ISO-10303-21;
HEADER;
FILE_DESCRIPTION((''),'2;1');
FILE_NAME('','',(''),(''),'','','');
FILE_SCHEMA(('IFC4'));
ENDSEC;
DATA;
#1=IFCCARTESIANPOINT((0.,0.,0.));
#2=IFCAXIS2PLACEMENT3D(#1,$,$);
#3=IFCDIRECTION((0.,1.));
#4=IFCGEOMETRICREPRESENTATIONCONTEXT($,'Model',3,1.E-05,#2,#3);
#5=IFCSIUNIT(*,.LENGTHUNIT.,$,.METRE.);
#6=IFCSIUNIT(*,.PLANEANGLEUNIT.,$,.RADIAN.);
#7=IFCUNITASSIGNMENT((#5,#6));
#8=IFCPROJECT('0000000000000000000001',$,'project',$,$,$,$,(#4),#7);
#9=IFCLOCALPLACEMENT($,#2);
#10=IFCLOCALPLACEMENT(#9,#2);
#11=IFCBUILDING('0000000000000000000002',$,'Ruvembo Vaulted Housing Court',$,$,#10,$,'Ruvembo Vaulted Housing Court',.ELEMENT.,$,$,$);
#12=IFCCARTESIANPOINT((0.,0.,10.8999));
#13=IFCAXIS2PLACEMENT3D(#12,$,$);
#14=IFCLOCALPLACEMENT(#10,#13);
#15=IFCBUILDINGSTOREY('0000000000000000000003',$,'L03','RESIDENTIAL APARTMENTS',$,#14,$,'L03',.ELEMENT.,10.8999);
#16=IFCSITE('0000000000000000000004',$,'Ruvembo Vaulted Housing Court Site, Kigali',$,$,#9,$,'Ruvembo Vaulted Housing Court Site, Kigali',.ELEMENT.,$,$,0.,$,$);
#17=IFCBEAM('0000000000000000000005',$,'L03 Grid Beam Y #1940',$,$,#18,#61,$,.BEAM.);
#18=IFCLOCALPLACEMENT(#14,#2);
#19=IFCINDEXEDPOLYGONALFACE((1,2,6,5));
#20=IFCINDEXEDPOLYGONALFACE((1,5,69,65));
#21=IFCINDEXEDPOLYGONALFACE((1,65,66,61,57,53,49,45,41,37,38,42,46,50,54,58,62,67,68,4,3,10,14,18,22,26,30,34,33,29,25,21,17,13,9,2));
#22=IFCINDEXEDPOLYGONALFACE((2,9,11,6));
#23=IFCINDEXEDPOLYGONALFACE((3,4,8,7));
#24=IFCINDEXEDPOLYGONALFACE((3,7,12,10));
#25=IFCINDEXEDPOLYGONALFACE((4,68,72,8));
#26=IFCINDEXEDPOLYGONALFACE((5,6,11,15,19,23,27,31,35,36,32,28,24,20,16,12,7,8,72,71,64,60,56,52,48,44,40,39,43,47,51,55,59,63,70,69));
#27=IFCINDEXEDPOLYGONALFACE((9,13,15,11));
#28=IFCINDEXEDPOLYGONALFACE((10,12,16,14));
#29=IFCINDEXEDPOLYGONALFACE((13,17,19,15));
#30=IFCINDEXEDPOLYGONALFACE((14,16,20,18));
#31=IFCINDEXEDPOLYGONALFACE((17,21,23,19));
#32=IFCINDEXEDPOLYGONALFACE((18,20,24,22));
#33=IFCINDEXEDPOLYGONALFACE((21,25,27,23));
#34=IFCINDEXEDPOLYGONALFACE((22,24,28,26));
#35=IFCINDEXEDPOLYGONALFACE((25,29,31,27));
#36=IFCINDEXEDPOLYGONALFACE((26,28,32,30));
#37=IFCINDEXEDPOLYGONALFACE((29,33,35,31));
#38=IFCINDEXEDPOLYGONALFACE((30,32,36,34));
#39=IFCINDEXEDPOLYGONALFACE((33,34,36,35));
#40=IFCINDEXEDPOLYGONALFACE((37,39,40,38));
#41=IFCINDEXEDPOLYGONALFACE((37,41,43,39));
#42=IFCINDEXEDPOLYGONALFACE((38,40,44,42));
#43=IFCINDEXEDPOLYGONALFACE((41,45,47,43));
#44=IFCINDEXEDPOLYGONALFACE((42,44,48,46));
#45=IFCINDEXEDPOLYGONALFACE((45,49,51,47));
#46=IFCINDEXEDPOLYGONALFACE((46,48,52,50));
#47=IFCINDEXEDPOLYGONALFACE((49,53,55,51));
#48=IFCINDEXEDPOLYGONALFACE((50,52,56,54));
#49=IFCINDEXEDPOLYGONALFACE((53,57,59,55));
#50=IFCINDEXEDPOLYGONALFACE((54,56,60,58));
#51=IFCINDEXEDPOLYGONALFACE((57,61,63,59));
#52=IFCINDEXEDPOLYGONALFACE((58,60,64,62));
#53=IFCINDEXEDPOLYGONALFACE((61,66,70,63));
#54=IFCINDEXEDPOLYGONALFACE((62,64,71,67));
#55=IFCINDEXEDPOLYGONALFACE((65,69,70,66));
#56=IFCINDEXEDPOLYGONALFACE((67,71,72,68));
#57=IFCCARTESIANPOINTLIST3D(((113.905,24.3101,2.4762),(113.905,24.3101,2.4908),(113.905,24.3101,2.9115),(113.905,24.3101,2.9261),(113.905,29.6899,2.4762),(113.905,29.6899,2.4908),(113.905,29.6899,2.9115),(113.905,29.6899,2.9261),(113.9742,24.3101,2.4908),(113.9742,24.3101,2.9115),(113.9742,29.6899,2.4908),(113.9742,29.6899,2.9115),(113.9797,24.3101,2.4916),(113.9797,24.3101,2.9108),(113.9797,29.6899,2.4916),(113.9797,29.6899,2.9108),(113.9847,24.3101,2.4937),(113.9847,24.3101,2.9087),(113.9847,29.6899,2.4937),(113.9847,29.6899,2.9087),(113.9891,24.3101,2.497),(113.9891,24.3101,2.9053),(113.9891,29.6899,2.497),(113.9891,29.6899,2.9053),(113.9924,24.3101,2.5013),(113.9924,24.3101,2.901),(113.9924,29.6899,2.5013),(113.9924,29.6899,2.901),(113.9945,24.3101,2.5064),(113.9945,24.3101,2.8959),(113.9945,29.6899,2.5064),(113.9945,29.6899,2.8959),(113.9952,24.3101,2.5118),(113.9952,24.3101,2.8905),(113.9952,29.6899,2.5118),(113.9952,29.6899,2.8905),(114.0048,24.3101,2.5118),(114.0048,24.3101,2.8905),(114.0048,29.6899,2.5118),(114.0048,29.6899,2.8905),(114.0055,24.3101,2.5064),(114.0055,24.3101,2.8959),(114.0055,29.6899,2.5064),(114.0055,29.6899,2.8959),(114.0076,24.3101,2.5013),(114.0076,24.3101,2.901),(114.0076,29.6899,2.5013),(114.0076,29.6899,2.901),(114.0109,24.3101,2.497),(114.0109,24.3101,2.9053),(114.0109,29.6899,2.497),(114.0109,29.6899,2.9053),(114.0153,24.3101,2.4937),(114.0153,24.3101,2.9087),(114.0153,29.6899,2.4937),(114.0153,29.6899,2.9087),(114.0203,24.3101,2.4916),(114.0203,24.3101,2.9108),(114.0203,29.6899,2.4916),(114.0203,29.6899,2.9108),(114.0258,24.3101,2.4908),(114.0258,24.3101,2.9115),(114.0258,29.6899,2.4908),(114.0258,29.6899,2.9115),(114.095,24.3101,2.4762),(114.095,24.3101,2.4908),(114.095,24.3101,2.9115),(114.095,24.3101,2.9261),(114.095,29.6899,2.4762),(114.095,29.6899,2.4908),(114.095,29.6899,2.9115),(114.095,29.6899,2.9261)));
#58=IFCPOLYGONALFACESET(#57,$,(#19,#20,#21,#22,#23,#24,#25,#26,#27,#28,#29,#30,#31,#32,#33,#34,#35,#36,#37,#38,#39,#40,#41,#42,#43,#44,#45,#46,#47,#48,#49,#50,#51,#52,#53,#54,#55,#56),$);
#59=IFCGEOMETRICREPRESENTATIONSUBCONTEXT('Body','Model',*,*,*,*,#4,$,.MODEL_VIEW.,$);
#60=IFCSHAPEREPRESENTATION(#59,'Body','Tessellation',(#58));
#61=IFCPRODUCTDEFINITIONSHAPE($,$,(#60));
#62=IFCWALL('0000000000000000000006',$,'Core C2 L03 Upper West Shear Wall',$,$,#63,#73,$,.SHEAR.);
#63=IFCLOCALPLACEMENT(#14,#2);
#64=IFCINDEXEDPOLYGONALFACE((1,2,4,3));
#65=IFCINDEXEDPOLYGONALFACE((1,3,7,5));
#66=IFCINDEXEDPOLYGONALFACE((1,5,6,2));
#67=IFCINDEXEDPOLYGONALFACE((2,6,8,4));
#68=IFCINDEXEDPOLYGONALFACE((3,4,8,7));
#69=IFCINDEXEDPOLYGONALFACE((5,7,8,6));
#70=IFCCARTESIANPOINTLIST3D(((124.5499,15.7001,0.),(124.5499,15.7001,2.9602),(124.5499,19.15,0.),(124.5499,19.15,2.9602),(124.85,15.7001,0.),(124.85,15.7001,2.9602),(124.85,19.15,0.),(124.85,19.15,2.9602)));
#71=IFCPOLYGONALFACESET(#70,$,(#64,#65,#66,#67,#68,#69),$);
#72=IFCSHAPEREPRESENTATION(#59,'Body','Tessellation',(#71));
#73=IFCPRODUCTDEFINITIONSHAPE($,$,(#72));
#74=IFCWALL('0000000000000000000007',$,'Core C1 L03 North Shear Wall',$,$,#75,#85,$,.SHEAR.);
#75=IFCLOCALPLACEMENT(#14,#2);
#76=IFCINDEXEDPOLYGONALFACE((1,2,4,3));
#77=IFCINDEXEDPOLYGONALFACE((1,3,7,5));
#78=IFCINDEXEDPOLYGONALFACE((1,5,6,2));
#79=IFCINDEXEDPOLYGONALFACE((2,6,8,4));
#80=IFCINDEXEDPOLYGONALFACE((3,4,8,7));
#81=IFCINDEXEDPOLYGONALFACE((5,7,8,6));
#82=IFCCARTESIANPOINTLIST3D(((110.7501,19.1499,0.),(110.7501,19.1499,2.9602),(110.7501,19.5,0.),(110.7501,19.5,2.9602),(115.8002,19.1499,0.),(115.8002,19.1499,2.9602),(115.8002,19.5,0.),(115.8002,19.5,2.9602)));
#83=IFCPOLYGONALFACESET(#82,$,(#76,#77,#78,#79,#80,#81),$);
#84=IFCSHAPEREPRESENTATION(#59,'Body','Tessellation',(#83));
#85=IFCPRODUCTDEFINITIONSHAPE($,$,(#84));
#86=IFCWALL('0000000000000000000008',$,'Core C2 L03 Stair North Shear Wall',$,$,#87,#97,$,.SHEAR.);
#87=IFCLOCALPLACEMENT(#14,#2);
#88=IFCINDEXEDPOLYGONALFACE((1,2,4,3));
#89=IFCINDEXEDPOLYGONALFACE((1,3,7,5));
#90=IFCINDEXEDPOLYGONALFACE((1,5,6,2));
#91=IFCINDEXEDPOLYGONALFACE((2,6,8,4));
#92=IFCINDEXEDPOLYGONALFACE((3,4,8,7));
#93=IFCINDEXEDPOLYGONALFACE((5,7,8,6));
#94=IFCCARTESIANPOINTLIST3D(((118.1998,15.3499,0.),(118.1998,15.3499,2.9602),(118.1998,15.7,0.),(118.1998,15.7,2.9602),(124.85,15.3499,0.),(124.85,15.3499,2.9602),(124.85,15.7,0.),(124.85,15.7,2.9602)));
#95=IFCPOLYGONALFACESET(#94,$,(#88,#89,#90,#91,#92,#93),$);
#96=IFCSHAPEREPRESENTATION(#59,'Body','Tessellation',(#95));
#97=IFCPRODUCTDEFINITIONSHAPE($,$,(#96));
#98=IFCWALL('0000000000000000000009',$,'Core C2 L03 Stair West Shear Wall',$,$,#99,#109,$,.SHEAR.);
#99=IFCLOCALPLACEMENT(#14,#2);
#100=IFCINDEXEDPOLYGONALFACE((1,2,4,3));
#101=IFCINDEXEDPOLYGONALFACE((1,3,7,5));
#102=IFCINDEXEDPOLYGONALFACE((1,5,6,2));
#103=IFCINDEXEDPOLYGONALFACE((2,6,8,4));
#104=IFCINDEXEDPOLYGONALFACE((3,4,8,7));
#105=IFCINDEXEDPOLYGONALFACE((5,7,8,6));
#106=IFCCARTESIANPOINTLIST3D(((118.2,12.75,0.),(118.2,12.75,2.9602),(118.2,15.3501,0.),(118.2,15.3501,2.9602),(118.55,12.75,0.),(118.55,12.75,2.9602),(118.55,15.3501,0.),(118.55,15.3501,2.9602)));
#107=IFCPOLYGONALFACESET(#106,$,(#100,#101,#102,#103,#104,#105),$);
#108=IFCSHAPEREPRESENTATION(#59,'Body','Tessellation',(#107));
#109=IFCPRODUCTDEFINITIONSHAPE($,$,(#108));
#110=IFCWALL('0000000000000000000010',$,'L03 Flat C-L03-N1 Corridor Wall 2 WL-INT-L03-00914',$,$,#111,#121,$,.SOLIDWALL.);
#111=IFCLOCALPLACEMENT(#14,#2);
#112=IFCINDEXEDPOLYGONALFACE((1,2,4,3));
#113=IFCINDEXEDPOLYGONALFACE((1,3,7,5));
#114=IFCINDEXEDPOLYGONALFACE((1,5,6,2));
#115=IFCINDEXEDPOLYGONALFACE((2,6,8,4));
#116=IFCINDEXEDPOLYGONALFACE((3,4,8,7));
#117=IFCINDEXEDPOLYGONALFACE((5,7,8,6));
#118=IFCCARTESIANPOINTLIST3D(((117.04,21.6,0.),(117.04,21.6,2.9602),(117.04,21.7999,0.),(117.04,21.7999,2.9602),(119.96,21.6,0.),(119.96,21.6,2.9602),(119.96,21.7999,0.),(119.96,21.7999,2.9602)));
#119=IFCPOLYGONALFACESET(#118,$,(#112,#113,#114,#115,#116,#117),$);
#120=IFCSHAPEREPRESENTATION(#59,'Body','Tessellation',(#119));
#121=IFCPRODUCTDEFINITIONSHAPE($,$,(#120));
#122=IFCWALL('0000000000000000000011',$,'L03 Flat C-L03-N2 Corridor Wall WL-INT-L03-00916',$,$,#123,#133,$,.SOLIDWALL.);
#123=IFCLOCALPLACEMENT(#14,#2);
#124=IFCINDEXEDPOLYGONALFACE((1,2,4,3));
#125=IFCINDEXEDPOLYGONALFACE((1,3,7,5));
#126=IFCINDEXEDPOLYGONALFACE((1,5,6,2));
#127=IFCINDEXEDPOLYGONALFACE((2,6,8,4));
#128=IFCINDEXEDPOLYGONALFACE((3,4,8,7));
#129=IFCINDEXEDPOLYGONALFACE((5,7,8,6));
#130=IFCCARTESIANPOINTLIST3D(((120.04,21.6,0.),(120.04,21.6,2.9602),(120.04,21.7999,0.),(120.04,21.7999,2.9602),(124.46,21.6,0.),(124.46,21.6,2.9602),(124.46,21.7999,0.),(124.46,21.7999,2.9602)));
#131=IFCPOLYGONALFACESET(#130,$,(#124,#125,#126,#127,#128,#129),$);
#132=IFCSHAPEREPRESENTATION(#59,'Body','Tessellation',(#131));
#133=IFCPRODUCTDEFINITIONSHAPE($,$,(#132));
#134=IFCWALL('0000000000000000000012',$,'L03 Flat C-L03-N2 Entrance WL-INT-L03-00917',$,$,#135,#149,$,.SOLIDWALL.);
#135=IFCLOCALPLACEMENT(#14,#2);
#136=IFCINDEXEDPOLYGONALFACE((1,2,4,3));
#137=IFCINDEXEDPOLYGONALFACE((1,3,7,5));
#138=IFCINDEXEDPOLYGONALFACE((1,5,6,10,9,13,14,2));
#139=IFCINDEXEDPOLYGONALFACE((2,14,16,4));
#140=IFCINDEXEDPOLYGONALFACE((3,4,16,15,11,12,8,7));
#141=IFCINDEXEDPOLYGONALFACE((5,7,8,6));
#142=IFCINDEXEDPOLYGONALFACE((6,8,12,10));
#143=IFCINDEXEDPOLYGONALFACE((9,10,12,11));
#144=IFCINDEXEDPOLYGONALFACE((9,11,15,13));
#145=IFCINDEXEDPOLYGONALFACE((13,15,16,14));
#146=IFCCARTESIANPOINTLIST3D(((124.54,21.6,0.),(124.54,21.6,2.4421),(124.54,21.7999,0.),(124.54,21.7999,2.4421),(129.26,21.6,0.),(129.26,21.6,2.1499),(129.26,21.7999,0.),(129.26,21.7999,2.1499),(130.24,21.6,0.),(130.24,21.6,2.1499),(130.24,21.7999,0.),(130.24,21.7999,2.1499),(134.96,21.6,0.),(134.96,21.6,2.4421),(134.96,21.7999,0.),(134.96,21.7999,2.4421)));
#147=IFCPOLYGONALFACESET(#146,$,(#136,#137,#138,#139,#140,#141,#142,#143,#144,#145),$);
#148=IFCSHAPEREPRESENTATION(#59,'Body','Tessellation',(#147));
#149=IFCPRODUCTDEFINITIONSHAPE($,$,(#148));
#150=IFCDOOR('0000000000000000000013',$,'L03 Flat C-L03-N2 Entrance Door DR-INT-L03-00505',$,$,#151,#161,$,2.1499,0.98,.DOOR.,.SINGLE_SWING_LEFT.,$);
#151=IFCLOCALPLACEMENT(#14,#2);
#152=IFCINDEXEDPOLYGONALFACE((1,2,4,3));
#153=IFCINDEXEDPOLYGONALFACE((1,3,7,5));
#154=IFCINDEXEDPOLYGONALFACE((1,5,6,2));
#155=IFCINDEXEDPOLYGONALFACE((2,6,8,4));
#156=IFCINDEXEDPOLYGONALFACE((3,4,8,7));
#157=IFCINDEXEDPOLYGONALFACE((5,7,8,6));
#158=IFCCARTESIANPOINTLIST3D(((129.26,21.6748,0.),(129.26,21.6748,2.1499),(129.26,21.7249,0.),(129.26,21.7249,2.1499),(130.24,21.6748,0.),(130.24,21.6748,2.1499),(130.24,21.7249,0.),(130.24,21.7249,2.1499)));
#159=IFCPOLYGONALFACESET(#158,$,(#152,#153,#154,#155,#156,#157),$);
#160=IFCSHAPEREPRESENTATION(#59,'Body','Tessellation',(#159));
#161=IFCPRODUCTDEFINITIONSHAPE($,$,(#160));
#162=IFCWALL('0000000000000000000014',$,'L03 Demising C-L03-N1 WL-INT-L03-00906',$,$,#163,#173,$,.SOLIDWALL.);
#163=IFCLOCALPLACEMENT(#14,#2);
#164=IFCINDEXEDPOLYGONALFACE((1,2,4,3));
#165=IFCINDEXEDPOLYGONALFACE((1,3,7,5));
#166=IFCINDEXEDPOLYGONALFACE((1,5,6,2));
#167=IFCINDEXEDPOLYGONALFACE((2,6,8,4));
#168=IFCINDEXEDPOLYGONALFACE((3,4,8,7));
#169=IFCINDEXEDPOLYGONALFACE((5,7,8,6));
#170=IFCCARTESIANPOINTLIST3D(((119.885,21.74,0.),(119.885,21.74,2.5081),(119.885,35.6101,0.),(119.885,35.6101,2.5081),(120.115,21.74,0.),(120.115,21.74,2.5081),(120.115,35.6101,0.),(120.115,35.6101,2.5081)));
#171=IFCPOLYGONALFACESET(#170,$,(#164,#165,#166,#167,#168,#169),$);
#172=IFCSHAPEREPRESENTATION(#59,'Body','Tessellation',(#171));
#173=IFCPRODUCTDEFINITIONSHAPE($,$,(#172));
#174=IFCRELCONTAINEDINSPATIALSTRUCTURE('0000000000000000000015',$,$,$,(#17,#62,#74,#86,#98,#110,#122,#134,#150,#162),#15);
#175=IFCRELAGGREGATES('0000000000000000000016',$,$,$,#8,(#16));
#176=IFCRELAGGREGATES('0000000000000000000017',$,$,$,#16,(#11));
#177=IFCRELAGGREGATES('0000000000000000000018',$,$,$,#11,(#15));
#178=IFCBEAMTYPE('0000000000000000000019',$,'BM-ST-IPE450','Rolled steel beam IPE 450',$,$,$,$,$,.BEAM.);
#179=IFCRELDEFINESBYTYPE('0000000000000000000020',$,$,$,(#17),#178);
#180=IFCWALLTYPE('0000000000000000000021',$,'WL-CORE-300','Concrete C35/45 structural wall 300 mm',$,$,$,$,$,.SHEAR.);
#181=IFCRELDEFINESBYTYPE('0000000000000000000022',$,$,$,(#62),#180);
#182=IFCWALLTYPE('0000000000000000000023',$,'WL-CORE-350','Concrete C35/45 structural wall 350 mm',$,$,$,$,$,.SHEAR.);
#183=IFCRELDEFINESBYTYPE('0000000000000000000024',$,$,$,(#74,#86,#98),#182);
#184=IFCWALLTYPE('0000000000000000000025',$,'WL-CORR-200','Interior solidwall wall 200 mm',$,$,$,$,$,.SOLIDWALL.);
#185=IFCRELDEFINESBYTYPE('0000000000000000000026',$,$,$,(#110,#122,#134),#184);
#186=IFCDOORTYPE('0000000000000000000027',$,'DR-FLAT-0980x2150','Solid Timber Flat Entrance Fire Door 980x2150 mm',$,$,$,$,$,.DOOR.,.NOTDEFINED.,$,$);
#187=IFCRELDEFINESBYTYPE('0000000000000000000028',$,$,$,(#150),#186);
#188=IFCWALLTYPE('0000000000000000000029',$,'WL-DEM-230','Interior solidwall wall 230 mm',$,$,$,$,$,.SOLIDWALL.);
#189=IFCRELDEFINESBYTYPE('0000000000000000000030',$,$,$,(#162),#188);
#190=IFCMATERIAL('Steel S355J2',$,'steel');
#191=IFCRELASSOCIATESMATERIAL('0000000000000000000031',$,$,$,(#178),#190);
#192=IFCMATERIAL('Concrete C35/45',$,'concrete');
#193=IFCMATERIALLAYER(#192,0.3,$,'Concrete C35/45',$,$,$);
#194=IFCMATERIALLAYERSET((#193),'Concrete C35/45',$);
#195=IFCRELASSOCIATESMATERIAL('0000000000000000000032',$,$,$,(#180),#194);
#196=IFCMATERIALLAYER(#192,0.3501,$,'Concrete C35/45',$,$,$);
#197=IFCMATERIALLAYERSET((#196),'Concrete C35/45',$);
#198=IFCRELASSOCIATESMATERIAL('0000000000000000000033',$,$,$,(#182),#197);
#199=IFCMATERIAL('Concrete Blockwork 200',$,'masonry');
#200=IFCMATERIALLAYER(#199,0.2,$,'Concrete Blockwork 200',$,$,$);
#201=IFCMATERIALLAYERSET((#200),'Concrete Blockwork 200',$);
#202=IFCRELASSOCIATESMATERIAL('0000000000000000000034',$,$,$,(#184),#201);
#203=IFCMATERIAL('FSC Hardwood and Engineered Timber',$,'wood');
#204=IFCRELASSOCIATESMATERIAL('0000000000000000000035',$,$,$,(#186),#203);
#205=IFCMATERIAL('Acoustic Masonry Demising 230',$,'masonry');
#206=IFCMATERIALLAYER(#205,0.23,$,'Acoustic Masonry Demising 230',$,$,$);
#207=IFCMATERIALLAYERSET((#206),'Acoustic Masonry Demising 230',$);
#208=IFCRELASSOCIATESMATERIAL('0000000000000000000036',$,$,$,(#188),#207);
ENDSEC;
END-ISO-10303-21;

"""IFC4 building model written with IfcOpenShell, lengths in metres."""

from ifc_helpers import new_model, si_unit, direction, frame, frame_2d, origin, origin_2d, place, context, subcontext, project, spatial, rectangle, i_section, extrude, material, layer, layer_set, material_profile, profile_set, type_object, element, fill, save


model = new_model("IFC4")

# Units and contexts
model_context = context("Model", 3, precision=1e-05, world=origin(), true_north=direction((0.0, 1.0)))
body_context = subcontext(model_context, "Body", "Model", "MODEL_VIEW")
ifc_project = project(units=[si_unit("LENGTHUNIT", "METRE"), si_unit("PLANEANGLEUNIT", "RADIAN")], contexts=[model_context])

# Site, building, storey
site_placement = place(None, origin())
site = spatial("IfcSite", under=ifc_project, at=site_placement, Name="Ruvembo Vaulted Housing Court Site, Kigali", LongName="Ruvembo Vaulted Housing Court Site, Kigali", CompositionType="ELEMENT", RefElevation=0.0)
building_placement = place(site_placement, origin())
building = spatial("IfcBuilding", under=site, at=building_placement, Name="Ruvembo Vaulted Housing Court", LongName="Ruvembo Vaulted Housing Court", CompositionType="ELEMENT")
storey_placement = place(building_placement, frame((0.0, 0.0, 10.8999)))
storey = spatial("IfcBuildingStorey", under=building, at=storey_placement, Name="L03", Description="RESIDENTIAL APARTMENTS", LongName="L03", CompositionType="ELEMENT", Elevation=10.8999)

# Beam
ifc_material_1 = material(Name="Steel S355J2", Category="steel")
ifc_material_profile_1 = material_profile(ifc_material_1, i_section(OverallWidth=0.1899, OverallDepth=0.45, WebThickness=0.0095, FlangeThickness=0.0146, FilletRadius=0.021, at=origin_2d()), Name="IPE 450")
ifc_profile_set_1 = profile_set([ifc_material_profile_1], Name="Steel S355J2")
beam_type_1 = type_object("IfcBeamType", Name="BM-ST-IPE450", Description="Rolled steel beam IPE 450", PredefinedType="BEAM", material=ifc_profile_set_1)
beam_1_placement = place(storey_placement, frame((114.0, 24.3101, 2.7012), z_axis=(0.0, 1.0, 0.0), x_axis=(-1.0, 0.0, 0.0)))
element("IfcBeam", 1, at=beam_1_placement, inside=storey, type_object=beam_type_1, Name="L03 Grid Beam Y #1940", PredefinedType="BEAM", context=body_context, shape_type="SweptSolid", body=[
    extrude(i_section(OverallWidth=0.1899, OverallDepth=0.45, WebThickness=0.0095, FlangeThickness=0.0146, FilletRadius=0.021, at=origin_2d()), origin(), (0.0, 0.0, 1.0), 5.3799),
])

# Walls
ifc_material_2 = material(Name="Concrete C35/45", Category="concrete")
ifc_layer_1 = layer(ifc_material_2, 0.3, Name="Concrete C35/45")
ifc_layer_set_1 = layer_set([ifc_layer_1], Name="Concrete C35/45")
wall_type_1 = type_object("IfcWallType", Name="WL-CORE-300", Description="Concrete C35/45 structural wall 300 mm", PredefinedType="SHEAR", material=ifc_layer_set_1)
wall_1_placement = place(storey_placement, frame((124.7, 15.7, 0.0), z_axis=(0.0, 0.0, 1.0), x_axis=(0.0, 1.0, 0.0)))
element("IfcWall", 2, at=wall_1_placement, inside=storey, type_object=wall_type_1, Name="Core C2 L03 Upper West Shear Wall", PredefinedType="SHEAR", context=body_context, shape_type="SweptSolid", body=[
    extrude(rectangle(XDim=3.45, YDim=0.3, at=frame_2d((1.7251, 0.0))), origin(), (0.0, 0.0, 1.0), 2.9602),
])
ifc_layer_2 = layer(ifc_material_2, 0.3501, Name="Concrete C35/45")
ifc_layer_set_2 = layer_set([ifc_layer_2], Name="Concrete C35/45")
wall_type_2 = type_object("IfcWallType", Name="WL-CORE-350", Description="Concrete C35/45 structural wall 350 mm", PredefinedType="SHEAR", material=ifc_layer_set_2)
wall_2_placement = place(storey_placement, frame((115.8, 19.325, 0.0), z_axis=(0.0, 0.0, 1.0), x_axis=(-1.0, 0.0, 0.0)))
element("IfcWall", 3, at=wall_2_placement, inside=storey, type_object=wall_type_2, Name="Core C1 L03 North Shear Wall", PredefinedType="SHEAR", context=body_context, shape_type="SweptSolid", body=[
    extrude(rectangle(XDim=5.05, YDim=0.3501, at=frame_2d((2.5249, 0.0))), origin(), (0.0, 0.0, 1.0), 2.9602),
])
wall_3_placement = place(storey_placement, frame((124.8501, 15.5249, 0.0), z_axis=(0.0, 0.0, 1.0), x_axis=(-1.0, 0.0, 0.0)))
element("IfcWall", 4, at=wall_3_placement, inside=storey, type_object=wall_type_2, Name="Core C2 L03 Stair North Shear Wall", PredefinedType="SHEAR", context=body_context, shape_type="SweptSolid", body=[
    extrude(rectangle(XDim=6.6501, YDim=0.3501, at=frame_2d((3.3252, 0.0))), origin(), (0.0, 0.0, 1.0), 2.9602),
])
wall_4_placement = place(storey_placement, frame((118.375, 15.3501, 0.0), z_axis=(0.0, 0.0, 1.0), x_axis=(0.0, -1.0, 0.0)))
element("IfcWall", 5, at=wall_4_placement, inside=storey, type_object=wall_type_2, Name="Core C2 L03 Stair West Shear Wall", PredefinedType="SHEAR", context=body_context, shape_type="SweptSolid", body=[
    extrude(rectangle(XDim=2.6001, YDim=0.3501, at=frame_2d((1.3, 0.0))), origin(), (0.0, 0.0, 1.0), 2.9602),
])
ifc_material_3 = material(Name="Concrete Blockwork 200", Category="masonry")
ifc_layer_3 = layer(ifc_material_3, 0.2, Name="Concrete Blockwork 200")
ifc_layer_set_3 = layer_set([ifc_layer_3], Name="Concrete Blockwork 200")
wall_type_3 = type_object("IfcWallType", Name="WL-CORR-200", Description="Interior solidwall wall 200 mm", PredefinedType="SOLIDWALL", material=ifc_layer_set_3)
wall_5_placement = place(storey_placement, frame((117.04, 21.7, 0.0), z_axis=(0.0, 0.0, 1.0), x_axis=(1.0, 0.0, 0.0)))
element("IfcWall", 6, at=wall_5_placement, inside=storey, type_object=wall_type_3, Name="L03 Flat C-L03-N1 Corridor Wall 2 WL-INT-L03-00914", PredefinedType="SOLIDWALL", context=body_context, shape_type="SweptSolid", body=[
    extrude(rectangle(XDim=2.9199, YDim=0.2, at=frame_2d((1.46, 0.0))), origin(), (0.0, 0.0, 1.0), 2.9602),
])
wall_6_placement = place(storey_placement, frame((120.04, 21.7, 0.0), z_axis=(0.0, 0.0, 1.0), x_axis=(1.0, 0.0, 0.0)))
element("IfcWall", 7, at=wall_6_placement, inside=storey, type_object=wall_type_3, Name="L03 Flat C-L03-N2 Corridor Wall WL-INT-L03-00916", PredefinedType="SOLIDWALL", context=body_context, shape_type="SweptSolid", body=[
    extrude(rectangle(XDim=4.4199, YDim=0.2, at=frame_2d((2.21, 0.0))), origin(), (0.0, 0.0, 1.0), 2.9602),
])

# Wall, opening, door
wall_7_placement = place(storey_placement, frame((124.54, 21.7, 0.0), z_axis=(0.0, 0.0, 1.0), x_axis=(1.0, 0.0, 0.0)))
wall_7 = element("IfcWall", 8, at=wall_7_placement, inside=storey, type_object=wall_type_3, Name="L03 Flat C-L03-N2 Entrance WL-INT-L03-00917", PredefinedType="SOLIDWALL", context=body_context, shape_type="SweptSolid", body=[
    extrude(rectangle(XDim=10.4199, YDim=0.2, at=frame_2d((5.21, 0.0))), origin(), (0.0, 0.0, 1.0), 2.4421),
])
opening_1_placement = place(wall_7_placement, frame((4.72, 0.0, 0.0)))
opening_1 = element("IfcOpeningElement", 9, at=opening_1_placement, cuts=wall_7, PredefinedType="OPENING", context=body_context, shape_type="SweptSolid", body=[
    extrude(rectangle(XDim=0.98, YDim=2.1499, at=frame_2d((0.49, 1.075))), frame((0.0, 0.1099, 0.0), z_axis=(0.0, -1.0, 0.0), x_axis=(1.0, 0.0, 0.0)), (0.0, 0.0, 1.0), 0.22),
])
ifc_material_4 = material(Name="FSC Hardwood and Engineered Timber", Category="wood")
door_type_1 = type_object("IfcDoorType", Name="DR-FLAT-0980x2150", Description="Solid Timber Flat Entrance Fire Door 980x2150 mm", OperationType="NOTDEFINED", PredefinedType="DOOR", material=ifc_material_4)
door_1_placement = place(opening_1_placement, origin())
door_1 = element("IfcDoor", 10, at=door_1_placement, inside=storey, type_object=door_type_1, Name="L03 Flat C-L03-N2 Entrance Door DR-INT-L03-00505", OperationType="SINGLE_SWING_LEFT", OverallHeight=2.1499, OverallWidth=0.98, PredefinedType="DOOR", context=body_context, shape_type="SweptSolid", body=[
    extrude(rectangle(XDim=0.98, YDim=2.1499, at=frame_2d((0.49, 1.075))), frame((0.0, 0.0249, 0.0), z_axis=(0.0, -1.0, 0.0), x_axis=(1.0, 0.0, 0.0)), (0.0, 0.0, 1.0), 0.05),
])
fill(opening_1, door_1)

# Wall
ifc_material_5 = material(Name="Acoustic Masonry Demising 230", Category="masonry")
ifc_layer_4 = layer(ifc_material_5, 0.23, Name="Acoustic Masonry Demising 230")
ifc_layer_set_4 = layer_set([ifc_layer_4], Name="Acoustic Masonry Demising 230")
wall_type_4 = type_object("IfcWallType", Name="WL-DEM-230", Description="Interior solidwall wall 230 mm", PredefinedType="SOLIDWALL", material=ifc_layer_set_4)
wall_8_placement = place(storey_placement, frame((120.0, 21.74, 0.0), z_axis=(0.0, 0.0, 1.0), x_axis=(0.0, 1.0, 0.0)))
element("IfcWall", 11, at=wall_8_placement, inside=storey, type_object=wall_type_4, Name="L03 Demising C-L03-N1 WL-INT-L03-00906", PredefinedType="SOLIDWALL", context=body_context, shape_type="SweptSolid", body=[
    extrude(rectangle(XDim=13.8701, YDim=0.23, at=frame_2d((6.9351, 0.0))), origin(), (0.0, 0.0, 1.0), 2.5081),
])

save(model, "model.ifc")
